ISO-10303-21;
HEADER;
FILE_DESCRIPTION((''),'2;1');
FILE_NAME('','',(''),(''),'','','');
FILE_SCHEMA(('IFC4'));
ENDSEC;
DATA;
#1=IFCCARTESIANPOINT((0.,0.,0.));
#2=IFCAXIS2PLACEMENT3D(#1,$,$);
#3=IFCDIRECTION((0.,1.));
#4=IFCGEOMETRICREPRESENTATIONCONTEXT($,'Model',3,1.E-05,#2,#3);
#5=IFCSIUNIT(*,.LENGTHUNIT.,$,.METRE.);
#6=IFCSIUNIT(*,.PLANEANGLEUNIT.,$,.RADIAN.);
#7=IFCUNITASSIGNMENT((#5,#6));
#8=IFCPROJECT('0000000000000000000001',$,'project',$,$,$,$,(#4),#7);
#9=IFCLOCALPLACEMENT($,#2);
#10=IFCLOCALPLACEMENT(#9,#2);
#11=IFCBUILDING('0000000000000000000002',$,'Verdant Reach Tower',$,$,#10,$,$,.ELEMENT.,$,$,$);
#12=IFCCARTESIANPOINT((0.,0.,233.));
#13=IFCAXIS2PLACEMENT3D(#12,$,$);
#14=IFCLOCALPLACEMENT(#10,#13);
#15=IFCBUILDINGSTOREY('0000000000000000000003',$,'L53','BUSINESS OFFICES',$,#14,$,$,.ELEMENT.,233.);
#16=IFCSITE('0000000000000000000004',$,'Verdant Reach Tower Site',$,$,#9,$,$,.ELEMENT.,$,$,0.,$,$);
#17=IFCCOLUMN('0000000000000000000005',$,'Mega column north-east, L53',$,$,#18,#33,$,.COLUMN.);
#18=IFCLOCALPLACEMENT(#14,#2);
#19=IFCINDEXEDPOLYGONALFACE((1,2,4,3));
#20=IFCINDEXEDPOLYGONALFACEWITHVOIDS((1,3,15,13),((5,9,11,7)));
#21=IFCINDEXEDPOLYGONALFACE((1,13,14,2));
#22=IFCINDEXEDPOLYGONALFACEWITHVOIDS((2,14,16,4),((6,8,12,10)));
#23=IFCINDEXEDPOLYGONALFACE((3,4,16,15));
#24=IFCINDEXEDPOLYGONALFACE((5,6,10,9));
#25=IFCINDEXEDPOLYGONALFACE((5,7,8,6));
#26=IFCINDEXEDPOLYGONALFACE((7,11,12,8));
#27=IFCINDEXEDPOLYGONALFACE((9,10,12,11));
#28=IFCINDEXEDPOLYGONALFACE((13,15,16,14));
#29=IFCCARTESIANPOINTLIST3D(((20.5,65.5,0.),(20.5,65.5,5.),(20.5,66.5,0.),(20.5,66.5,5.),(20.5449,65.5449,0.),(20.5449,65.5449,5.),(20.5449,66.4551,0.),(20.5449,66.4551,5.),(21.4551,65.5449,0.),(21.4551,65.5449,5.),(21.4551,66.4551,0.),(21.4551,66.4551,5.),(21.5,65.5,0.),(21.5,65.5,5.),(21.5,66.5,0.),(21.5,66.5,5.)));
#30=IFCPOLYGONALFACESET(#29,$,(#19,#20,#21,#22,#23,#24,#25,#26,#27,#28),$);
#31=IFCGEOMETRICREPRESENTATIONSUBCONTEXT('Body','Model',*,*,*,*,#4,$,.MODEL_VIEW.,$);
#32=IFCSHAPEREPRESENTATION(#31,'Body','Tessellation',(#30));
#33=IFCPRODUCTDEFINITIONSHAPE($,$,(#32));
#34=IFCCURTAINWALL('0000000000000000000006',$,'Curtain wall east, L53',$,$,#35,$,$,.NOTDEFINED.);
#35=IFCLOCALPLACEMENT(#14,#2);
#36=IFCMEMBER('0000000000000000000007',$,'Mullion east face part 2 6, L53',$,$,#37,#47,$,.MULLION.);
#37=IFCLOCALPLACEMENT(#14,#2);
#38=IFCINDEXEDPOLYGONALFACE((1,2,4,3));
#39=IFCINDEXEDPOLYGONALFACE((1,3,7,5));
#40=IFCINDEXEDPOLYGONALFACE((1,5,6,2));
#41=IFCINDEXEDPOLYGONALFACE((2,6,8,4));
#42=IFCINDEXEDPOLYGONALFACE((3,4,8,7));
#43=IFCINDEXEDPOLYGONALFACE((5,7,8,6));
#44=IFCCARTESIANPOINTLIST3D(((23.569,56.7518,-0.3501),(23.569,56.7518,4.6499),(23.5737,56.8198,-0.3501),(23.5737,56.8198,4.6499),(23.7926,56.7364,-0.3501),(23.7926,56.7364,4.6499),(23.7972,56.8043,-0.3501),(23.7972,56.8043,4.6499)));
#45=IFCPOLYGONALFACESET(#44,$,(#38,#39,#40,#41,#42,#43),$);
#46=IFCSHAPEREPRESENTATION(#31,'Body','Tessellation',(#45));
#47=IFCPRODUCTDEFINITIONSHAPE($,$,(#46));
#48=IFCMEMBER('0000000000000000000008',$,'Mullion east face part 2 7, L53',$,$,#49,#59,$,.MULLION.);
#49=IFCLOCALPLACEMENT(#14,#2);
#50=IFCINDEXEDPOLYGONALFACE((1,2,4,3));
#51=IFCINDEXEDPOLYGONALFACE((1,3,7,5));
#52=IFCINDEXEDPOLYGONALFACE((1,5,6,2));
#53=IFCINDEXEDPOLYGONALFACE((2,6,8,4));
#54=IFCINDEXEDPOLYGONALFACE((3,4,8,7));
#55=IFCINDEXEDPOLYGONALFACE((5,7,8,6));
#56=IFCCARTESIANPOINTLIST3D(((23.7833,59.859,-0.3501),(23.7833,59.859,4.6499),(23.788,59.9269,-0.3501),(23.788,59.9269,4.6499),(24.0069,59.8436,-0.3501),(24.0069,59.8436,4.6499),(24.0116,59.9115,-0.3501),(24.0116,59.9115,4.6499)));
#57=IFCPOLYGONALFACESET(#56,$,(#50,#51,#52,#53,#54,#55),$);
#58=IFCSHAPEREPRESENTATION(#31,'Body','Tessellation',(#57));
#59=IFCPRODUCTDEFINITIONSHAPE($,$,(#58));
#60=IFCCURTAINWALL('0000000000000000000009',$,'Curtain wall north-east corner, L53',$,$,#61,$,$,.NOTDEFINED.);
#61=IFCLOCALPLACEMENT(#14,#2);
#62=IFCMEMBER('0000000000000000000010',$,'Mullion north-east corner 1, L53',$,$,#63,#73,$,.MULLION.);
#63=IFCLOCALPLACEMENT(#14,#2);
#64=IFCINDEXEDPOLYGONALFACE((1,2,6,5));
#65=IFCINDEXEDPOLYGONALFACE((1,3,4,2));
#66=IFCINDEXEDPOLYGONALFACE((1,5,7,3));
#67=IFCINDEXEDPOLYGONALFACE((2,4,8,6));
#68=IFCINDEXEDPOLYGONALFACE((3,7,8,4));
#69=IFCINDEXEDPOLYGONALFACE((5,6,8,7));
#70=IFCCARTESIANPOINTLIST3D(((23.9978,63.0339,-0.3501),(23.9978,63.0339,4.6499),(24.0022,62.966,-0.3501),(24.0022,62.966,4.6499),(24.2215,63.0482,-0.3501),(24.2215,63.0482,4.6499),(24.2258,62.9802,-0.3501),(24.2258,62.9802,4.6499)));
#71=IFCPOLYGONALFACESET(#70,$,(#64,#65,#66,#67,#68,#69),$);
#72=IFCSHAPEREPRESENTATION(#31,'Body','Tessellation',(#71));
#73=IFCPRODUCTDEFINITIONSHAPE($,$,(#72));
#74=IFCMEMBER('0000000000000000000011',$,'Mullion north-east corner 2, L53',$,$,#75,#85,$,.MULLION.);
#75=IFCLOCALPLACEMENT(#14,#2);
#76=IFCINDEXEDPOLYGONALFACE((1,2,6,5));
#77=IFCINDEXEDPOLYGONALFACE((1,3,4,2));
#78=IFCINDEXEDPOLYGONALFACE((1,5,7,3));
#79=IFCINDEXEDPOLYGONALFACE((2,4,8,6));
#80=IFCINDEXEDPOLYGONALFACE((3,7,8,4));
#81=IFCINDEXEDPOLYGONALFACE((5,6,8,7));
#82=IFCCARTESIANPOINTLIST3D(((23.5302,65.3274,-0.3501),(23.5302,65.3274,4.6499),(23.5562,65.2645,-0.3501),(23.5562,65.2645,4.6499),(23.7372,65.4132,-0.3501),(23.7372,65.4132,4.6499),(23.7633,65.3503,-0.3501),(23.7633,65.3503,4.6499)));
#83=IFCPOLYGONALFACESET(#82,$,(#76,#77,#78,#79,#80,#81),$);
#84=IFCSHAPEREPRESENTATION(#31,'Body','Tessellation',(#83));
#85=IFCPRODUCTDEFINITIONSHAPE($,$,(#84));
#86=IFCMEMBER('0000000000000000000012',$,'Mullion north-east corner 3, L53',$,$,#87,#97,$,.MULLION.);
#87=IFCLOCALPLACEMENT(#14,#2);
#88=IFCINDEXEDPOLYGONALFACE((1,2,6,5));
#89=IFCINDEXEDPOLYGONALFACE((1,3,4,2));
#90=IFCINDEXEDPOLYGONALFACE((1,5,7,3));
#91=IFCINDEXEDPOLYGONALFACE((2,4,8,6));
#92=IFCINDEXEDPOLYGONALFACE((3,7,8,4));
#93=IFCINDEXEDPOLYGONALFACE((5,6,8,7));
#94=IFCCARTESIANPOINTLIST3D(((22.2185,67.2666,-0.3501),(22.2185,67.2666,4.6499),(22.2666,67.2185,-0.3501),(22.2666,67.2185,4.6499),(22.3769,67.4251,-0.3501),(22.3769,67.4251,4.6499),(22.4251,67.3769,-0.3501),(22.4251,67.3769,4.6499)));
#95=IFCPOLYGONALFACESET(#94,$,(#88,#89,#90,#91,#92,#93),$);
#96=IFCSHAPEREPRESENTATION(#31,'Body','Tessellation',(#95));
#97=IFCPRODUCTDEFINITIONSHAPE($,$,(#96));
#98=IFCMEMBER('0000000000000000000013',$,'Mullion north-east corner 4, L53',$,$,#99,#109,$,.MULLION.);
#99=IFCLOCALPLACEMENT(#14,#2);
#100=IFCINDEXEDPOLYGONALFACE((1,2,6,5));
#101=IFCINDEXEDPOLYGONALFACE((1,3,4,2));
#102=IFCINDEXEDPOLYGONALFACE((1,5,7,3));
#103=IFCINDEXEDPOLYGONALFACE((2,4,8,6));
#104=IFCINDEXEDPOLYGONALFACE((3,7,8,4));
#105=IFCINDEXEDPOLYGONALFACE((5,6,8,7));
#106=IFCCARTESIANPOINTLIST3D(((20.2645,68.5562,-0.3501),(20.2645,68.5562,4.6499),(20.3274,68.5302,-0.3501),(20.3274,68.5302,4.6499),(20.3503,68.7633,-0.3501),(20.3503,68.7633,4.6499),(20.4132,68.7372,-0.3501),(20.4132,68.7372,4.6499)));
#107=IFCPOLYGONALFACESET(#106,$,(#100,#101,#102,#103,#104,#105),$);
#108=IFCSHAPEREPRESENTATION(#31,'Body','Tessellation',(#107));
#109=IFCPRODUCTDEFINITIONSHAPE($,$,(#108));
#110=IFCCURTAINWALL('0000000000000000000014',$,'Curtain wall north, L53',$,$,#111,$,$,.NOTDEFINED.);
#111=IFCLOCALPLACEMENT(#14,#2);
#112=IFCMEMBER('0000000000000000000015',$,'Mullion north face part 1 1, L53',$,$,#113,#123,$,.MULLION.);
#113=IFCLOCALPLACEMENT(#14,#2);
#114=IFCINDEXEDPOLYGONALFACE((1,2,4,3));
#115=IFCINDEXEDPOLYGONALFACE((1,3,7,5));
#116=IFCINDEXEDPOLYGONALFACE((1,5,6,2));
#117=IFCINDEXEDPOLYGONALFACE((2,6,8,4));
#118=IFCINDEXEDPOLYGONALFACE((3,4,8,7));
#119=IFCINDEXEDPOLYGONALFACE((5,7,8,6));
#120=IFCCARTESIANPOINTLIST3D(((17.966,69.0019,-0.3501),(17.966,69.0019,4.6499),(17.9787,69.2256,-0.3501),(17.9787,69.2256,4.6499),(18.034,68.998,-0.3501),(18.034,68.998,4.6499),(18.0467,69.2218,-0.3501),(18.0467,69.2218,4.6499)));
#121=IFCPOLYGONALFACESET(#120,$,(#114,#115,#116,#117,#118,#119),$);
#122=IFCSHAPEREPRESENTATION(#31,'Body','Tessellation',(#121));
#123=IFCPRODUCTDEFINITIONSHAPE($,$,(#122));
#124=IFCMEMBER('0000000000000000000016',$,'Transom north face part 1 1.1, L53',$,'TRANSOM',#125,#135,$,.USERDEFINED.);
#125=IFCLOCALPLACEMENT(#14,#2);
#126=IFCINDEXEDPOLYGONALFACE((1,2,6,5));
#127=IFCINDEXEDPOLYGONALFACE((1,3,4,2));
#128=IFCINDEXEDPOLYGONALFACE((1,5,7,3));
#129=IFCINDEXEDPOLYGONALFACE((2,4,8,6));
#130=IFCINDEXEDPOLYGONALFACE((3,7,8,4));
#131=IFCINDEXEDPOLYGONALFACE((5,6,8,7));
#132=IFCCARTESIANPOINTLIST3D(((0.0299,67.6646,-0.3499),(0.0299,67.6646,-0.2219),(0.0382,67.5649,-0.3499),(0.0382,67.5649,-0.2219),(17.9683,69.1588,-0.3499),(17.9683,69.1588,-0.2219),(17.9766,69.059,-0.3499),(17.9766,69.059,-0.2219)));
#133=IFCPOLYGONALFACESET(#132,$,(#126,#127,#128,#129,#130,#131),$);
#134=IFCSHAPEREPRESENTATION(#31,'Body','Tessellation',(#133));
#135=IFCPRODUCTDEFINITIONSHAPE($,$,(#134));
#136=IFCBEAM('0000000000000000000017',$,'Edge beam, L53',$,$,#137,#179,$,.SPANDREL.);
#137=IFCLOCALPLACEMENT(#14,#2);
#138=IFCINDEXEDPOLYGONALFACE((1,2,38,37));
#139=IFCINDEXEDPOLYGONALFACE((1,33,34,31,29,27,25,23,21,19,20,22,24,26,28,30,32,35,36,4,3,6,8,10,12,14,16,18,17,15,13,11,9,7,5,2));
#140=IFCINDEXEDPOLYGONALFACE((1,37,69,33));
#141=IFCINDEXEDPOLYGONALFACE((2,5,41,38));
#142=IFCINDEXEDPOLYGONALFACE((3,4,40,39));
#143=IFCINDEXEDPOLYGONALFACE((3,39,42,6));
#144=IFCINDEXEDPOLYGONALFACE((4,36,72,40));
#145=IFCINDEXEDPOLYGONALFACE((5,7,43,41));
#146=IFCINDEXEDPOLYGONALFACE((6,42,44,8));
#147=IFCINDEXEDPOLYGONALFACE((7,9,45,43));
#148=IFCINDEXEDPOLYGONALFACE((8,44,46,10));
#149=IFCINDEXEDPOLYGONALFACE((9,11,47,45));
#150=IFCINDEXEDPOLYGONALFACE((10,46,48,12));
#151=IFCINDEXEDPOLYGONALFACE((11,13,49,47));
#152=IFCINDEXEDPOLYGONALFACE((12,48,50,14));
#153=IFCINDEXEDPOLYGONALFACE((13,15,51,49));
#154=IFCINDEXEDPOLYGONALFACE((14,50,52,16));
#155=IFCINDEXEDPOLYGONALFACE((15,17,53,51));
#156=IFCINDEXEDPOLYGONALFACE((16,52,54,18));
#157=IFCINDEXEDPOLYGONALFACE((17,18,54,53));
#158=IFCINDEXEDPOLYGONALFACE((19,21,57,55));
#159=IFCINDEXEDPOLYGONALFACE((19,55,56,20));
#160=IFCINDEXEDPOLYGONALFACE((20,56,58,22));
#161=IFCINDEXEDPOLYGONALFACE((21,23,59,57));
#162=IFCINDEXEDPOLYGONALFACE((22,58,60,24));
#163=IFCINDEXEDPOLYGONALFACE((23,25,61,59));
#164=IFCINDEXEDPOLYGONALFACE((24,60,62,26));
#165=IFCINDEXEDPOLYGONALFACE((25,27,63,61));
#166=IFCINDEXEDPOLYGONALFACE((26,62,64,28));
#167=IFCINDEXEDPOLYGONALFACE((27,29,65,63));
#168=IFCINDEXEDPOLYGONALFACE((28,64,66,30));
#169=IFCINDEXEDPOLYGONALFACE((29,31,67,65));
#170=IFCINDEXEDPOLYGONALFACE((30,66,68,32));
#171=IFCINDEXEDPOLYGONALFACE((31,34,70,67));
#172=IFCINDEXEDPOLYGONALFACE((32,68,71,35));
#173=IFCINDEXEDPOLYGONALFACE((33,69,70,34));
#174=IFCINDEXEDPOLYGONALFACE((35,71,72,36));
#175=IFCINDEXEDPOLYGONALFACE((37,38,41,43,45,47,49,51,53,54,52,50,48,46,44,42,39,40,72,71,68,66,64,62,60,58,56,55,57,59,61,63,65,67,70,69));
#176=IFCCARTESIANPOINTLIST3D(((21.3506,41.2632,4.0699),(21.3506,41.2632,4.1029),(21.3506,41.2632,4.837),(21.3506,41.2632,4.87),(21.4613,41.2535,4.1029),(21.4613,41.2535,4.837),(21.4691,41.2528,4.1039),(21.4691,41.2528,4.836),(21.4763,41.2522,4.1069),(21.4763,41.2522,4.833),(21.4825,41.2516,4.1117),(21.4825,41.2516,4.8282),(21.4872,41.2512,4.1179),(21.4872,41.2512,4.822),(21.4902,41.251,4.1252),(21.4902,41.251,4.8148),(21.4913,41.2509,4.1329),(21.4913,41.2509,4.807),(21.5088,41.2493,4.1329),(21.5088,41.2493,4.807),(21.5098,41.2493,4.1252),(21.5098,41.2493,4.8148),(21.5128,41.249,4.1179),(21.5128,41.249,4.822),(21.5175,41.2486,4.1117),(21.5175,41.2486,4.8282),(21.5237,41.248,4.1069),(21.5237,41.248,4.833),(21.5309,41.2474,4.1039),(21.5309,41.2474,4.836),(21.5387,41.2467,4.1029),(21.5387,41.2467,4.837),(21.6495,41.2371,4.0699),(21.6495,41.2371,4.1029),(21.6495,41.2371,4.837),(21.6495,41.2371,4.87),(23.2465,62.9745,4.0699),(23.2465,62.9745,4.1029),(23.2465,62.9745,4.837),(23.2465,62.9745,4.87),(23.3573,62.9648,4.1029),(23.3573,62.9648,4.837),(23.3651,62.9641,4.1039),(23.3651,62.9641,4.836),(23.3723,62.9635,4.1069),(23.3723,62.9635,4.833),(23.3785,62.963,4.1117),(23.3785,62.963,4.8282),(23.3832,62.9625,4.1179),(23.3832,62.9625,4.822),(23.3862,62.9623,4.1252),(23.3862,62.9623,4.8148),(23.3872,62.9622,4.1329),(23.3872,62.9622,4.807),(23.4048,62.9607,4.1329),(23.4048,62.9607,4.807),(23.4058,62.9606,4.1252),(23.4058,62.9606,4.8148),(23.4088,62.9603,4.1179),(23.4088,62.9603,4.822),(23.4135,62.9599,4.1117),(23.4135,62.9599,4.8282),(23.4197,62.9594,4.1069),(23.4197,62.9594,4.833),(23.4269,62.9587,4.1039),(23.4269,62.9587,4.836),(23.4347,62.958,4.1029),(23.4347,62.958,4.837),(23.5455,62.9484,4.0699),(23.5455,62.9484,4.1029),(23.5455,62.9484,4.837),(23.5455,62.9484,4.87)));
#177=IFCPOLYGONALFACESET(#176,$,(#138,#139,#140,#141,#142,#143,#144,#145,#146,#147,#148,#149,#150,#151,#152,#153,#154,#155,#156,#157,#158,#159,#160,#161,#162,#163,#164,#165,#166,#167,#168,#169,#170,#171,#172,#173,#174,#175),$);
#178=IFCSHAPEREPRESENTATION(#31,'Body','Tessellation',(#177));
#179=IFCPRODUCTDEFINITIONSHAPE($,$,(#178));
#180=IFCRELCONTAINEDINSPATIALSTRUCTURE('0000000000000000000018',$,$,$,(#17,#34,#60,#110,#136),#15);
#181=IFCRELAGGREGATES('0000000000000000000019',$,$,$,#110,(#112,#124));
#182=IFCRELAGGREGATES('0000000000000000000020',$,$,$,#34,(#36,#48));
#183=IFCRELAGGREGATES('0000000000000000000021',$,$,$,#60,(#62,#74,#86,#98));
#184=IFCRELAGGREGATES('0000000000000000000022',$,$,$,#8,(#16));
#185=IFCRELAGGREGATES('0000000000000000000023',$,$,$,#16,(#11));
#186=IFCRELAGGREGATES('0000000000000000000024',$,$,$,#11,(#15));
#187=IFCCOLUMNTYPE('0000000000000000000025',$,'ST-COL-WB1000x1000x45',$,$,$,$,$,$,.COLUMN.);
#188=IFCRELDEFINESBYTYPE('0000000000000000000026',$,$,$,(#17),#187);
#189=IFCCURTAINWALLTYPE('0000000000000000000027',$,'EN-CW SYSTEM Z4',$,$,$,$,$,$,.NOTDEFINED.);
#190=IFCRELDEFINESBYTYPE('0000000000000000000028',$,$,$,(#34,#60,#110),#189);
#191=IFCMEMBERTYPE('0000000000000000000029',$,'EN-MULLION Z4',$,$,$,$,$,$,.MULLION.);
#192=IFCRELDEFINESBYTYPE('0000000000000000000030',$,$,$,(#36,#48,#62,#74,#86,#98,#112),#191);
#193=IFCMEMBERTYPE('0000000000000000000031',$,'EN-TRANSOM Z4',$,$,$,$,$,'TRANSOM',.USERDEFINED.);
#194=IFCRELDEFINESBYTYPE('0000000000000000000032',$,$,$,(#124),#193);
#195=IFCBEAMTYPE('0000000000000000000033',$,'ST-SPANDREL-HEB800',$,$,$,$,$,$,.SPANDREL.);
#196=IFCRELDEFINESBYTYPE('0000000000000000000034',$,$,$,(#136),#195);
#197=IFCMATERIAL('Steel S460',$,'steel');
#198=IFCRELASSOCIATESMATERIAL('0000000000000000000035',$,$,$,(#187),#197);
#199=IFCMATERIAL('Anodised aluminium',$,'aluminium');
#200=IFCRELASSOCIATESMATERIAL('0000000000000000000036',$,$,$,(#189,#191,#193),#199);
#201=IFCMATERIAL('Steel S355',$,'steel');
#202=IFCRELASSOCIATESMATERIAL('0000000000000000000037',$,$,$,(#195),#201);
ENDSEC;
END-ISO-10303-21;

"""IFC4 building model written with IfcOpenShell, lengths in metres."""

from ifc_helpers import new_model, si_unit, direction, frame, origin, origin_2d, place, context, subcontext, project, spatial, rectangle, hollow_rectangle, i_section, extrude, material, material_profile, profile_set, type_object, element, aggregate, save


model = new_model("IFC4")

# Units and contexts
model_context = context("Model", 3, precision=1e-05, world=origin(), true_north=direction((0.0, 1.0)))
body_context = subcontext(model_context, "Body", "Model", "MODEL_VIEW")
ifc_project = project(units=[si_unit("LENGTHUNIT", "METRE"), si_unit("PLANEANGLEUNIT", "RADIAN")], contexts=[model_context])

# Site, building, storey
site_placement = place(None, origin())
site = spatial("IfcSite", under=ifc_project, at=site_placement, Name="Verdant Reach Tower Site", CompositionType="ELEMENT", RefElevation=0.0)
building_placement = place(site_placement, origin())
building = spatial("IfcBuilding", under=site, at=building_placement, Name="Verdant Reach Tower", CompositionType="ELEMENT")
storey_placement = place(building_placement, frame((0.0, 0.0, 233.0)))
storey = spatial("IfcBuildingStorey", under=building, at=storey_placement, Name="L53", Description="BUSINESS OFFICES", CompositionType="ELEMENT", Elevation=233.0)

# Column
ifc_material_1 = material(Name="Steel S460", Category="steel")
ifc_material_profile_1 = material_profile(ifc_material_1, hollow_rectangle(XDim=1.0, YDim=1.0, WallThickness=0.0449, at=origin_2d()), Name="WB 1000x1000x45")
ifc_profile_set_1 = profile_set([ifc_material_profile_1], Name="Steel S460")
column_type = type_object("IfcColumnType", Name="ST-COL-WB1000x1000x45", PredefinedType="COLUMN", material=ifc_profile_set_1)
column_placement = place(storey_placement, frame((21.0, 66.0, 0.0), z_axis=(0.0, 0.0, 1.0), x_axis=(1.0, 0.0, 0.0)))
element("IfcColumn", 1, at=column_placement, inside=storey, type_object=column_type, Name="Mega column north-east, L53", PredefinedType="COLUMN", context=body_context, shape_type="SweptSolid", body=[
    extrude(hollow_rectangle(XDim=1.0, YDim=1.0, WallThickness=0.0449, at=origin_2d()), origin(), (0.0, 0.0, 1.0), 5.0),
])

# Curtain walls, members
ifc_material_2 = material(Name="Anodised aluminium", Category="aluminium")
curtain_wall_type = type_object("IfcCurtainWallType", Name="EN-CW SYSTEM Z4", PredefinedType="NOTDEFINED", material=ifc_material_2)
curtain_wall_1_placement = place(storey_placement, origin())
curtain_wall_1 = element("IfcCurtainWall", 2, at=curtain_wall_1_placement, inside=storey, type_object=curtain_wall_type, Name="Curtain wall east, L53", PredefinedType="NOTDEFINED")
ifc_material_profile_2 = material_profile(ifc_material_2, rectangle(XDim=0.2241, YDim=0.0681, at=origin_2d()), Name="Mullion 68x224")
ifc_profile_set_2 = profile_set([ifc_material_profile_2], Name="Anodised aluminium")
member_type_1 = type_object("IfcMemberType", Name="EN-MULLION Z4", PredefinedType="MULLION", material=ifc_profile_set_2)
member_1_placement = place(storey_placement, frame((23.6831, 56.7781, -0.3501), z_axis=(0.0, 0.0, 1.0), x_axis=(0.99763, -0.068802, 0.0)))
member_1 = element("IfcMember", 3, at=member_1_placement, type_object=member_type_1, Name="Mullion east face part 2 6, L53", PredefinedType="MULLION", context=body_context, shape_type="SweptSolid", body=[
    extrude(rectangle(XDim=0.2241, YDim=0.0681, at=origin_2d()), origin(), (0.0, 0.0, 1.0), 5.0),
])
member_2_placement = place(storey_placement, frame((23.8975, 59.8853, -0.3501), z_axis=(0.0, 0.0, 1.0), x_axis=(0.99763, -0.068802, 0.0)))
member_2 = element("IfcMember", 4, at=member_2_placement, type_object=member_type_1, Name="Mullion east face part 2 7, L53", PredefinedType="MULLION", context=body_context, shape_type="SweptSolid", body=[
    extrude(rectangle(XDim=0.2241, YDim=0.0681, at=origin_2d()), origin(), (0.0, 0.0, 1.0), 5.0),
])
curtain_wall_2_placement = place(storey_placement, origin())
curtain_wall_2 = element("IfcCurtainWall", 5, at=curtain_wall_2_placement, inside=storey, type_object=curtain_wall_type, Name="Curtain wall north-east corner, L53", PredefinedType="NOTDEFINED")
member_3_placement = place(storey_placement, frame((24.1118, 63.0071, -0.3501), z_axis=(0.0, 0.0, 1.0), x_axis=(0.997969, 0.063699, 0.0)))
member_3 = element("IfcMember", 6, at=member_3_placement, type_object=member_type_1, Name="Mullion north-east corner 1, L53", PredefinedType="MULLION", context=body_context, shape_type="SweptSolid", body=[
    extrude(rectangle(XDim=0.2241, YDim=0.0681, at=origin_2d()), origin(), (0.0, 0.0, 1.0), 5.0),
])
member_4_placement = place(storey_placement, frame((23.6467, 65.3389, -0.3501), z_axis=(0.0, 0.0, 1.0), x_axis=(0.923875, 0.382694, 0.0)))
member_4 = element("IfcMember", 7, at=member_4_placement, type_object=member_type_1, Name="Mullion north-east corner 2, L53", PredefinedType="MULLION", context=body_context, shape_type="SweptSolid", body=[
    extrude(rectangle(XDim=0.2241, YDim=0.0681, at=origin_2d()), origin(), (0.0, 0.0, 1.0), 5.0),
])
member_5_placement = place(storey_placement, frame((22.3218, 67.3218, -0.3501), z_axis=(0.0, 0.0, 1.0), x_axis=(0.707107, 0.707107, 0.0)))
member_5 = element("IfcMember", 8, at=member_5_placement, type_object=member_type_1, Name="Mullion north-east corner 3, L53", PredefinedType="MULLION", context=body_context, shape_type="SweptSolid", body=[
    extrude(rectangle(XDim=0.2241, YDim=0.0681, at=origin_2d()), origin(), (0.0, 0.0, 1.0), 5.0),
])
member_6_placement = place(storey_placement, frame((20.3389, 68.6467, -0.3501), z_axis=(0.0, 0.0, 1.0), x_axis=(0.382694, 0.923875, 0.0)))
member_6 = element("IfcMember", 9, at=member_6_placement, type_object=member_type_1, Name="Mullion north-east corner 4, L53", PredefinedType="MULLION", context=body_context, shape_type="SweptSolid", body=[
    extrude(rectangle(XDim=0.2241, YDim=0.0681, at=origin_2d()), origin(), (0.0, 0.0, 1.0), 5.0),
])
curtain_wall_3_placement = place(storey_placement, origin())
curtain_wall_3 = element("IfcCurtainWall", 10, at=curtain_wall_3_placement, inside=storey, type_object=curtain_wall_type, Name="Curtain wall north, L53", PredefinedType="NOTDEFINED")
member_7_placement = place(storey_placement, frame((18.0063, 69.1118, -0.3501), z_axis=(0.0, 0.0, 1.0), x_axis=(0.056569, 0.998399, 0.0)))
member_7 = element("IfcMember", 11, at=member_7_placement, type_object=member_type_1, Name="Mullion north face part 1 1, L53", PredefinedType="MULLION", context=body_context, shape_type="SweptSolid", body=[
    extrude(rectangle(XDim=0.2241, YDim=0.0681, at=origin_2d()), origin(), (0.0, 0.0, 1.0), 5.0),
])
ifc_material_profile_3 = material_profile(ifc_material_2, rectangle(XDim=0.1001, YDim=0.1279, at=origin_2d()), Name="Transom 128x100")
ifc_profile_set_3 = profile_set([ifc_material_profile_3], Name="Anodised aluminium")
member_type_2 = type_object("IfcMemberType", Name="EN-TRANSOM Z4", ElementType="TRANSOM", PredefinedType="USERDEFINED", material=ifc_profile_set_3)
member_8_placement = place(storey_placement, frame((17.9724, 69.1089, -0.2859), z_axis=(-0.996549, -0.083005, 0.0), x_axis=(0.083005, -0.996549, 0.0)))
member_8 = element("IfcMember", 12, at=member_8_placement, type_object=member_type_2, Name="Transom north face part 1 1.1, L53", ObjectType="TRANSOM", PredefinedType="USERDEFINED", context=body_context, shape_type="SweptSolid", body=[
    extrude(rectangle(XDim=0.1001, YDim=0.1279, at=origin_2d()), origin(), (0.0, 0.0, 1.0), 18.0005),
])
aggregate(curtain_wall_3, [member_7, member_8])

# Beam
ifc_material_3 = material(Name="Steel S355", Category="steel")
ifc_material_profile_4 = material_profile(ifc_material_3, i_section(OverallWidth=0.3, OverallDepth=0.8, WebThickness=0.0176, FlangeThickness=0.033, FilletRadius=0.03, at=origin_2d()), Name="HEB 800")
ifc_profile_set_4 = profile_set([ifc_material_profile_4], Name="Steel S355")
beam_type_1 = type_object("IfcBeamType", Name="ST-SPANDREL-HEB800", PredefinedType="SPANDREL", material=ifc_profile_set_4)
beam_1_placement = place(storey_placement, frame((23.396, 62.9614, 4.47), z_axis=(-0.086996, -0.996209, 0.0), x_axis=(0.996209, -0.086996, 0.0)))
element("IfcBeam", 13, at=beam_1_placement, inside=storey, type_object=beam_type_1, Name="Edge beam, L53", PredefinedType="SPANDREL", context=body_context, shape_type="SweptSolid", body=[
    extrude(i_section(OverallWidth=0.3, OverallDepth=0.8, WebThickness=0.0176, FlangeThickness=0.033, FilletRadius=0.03, at=origin_2d()), origin(), (0.0, 0.0, 1.0), 21.7939),
])

aggregate(curtain_wall_1, [member_1, member_2])
aggregate(curtain_wall_2, [member_3, member_4, member_5, member_6])

save(model, "model.ifc")
